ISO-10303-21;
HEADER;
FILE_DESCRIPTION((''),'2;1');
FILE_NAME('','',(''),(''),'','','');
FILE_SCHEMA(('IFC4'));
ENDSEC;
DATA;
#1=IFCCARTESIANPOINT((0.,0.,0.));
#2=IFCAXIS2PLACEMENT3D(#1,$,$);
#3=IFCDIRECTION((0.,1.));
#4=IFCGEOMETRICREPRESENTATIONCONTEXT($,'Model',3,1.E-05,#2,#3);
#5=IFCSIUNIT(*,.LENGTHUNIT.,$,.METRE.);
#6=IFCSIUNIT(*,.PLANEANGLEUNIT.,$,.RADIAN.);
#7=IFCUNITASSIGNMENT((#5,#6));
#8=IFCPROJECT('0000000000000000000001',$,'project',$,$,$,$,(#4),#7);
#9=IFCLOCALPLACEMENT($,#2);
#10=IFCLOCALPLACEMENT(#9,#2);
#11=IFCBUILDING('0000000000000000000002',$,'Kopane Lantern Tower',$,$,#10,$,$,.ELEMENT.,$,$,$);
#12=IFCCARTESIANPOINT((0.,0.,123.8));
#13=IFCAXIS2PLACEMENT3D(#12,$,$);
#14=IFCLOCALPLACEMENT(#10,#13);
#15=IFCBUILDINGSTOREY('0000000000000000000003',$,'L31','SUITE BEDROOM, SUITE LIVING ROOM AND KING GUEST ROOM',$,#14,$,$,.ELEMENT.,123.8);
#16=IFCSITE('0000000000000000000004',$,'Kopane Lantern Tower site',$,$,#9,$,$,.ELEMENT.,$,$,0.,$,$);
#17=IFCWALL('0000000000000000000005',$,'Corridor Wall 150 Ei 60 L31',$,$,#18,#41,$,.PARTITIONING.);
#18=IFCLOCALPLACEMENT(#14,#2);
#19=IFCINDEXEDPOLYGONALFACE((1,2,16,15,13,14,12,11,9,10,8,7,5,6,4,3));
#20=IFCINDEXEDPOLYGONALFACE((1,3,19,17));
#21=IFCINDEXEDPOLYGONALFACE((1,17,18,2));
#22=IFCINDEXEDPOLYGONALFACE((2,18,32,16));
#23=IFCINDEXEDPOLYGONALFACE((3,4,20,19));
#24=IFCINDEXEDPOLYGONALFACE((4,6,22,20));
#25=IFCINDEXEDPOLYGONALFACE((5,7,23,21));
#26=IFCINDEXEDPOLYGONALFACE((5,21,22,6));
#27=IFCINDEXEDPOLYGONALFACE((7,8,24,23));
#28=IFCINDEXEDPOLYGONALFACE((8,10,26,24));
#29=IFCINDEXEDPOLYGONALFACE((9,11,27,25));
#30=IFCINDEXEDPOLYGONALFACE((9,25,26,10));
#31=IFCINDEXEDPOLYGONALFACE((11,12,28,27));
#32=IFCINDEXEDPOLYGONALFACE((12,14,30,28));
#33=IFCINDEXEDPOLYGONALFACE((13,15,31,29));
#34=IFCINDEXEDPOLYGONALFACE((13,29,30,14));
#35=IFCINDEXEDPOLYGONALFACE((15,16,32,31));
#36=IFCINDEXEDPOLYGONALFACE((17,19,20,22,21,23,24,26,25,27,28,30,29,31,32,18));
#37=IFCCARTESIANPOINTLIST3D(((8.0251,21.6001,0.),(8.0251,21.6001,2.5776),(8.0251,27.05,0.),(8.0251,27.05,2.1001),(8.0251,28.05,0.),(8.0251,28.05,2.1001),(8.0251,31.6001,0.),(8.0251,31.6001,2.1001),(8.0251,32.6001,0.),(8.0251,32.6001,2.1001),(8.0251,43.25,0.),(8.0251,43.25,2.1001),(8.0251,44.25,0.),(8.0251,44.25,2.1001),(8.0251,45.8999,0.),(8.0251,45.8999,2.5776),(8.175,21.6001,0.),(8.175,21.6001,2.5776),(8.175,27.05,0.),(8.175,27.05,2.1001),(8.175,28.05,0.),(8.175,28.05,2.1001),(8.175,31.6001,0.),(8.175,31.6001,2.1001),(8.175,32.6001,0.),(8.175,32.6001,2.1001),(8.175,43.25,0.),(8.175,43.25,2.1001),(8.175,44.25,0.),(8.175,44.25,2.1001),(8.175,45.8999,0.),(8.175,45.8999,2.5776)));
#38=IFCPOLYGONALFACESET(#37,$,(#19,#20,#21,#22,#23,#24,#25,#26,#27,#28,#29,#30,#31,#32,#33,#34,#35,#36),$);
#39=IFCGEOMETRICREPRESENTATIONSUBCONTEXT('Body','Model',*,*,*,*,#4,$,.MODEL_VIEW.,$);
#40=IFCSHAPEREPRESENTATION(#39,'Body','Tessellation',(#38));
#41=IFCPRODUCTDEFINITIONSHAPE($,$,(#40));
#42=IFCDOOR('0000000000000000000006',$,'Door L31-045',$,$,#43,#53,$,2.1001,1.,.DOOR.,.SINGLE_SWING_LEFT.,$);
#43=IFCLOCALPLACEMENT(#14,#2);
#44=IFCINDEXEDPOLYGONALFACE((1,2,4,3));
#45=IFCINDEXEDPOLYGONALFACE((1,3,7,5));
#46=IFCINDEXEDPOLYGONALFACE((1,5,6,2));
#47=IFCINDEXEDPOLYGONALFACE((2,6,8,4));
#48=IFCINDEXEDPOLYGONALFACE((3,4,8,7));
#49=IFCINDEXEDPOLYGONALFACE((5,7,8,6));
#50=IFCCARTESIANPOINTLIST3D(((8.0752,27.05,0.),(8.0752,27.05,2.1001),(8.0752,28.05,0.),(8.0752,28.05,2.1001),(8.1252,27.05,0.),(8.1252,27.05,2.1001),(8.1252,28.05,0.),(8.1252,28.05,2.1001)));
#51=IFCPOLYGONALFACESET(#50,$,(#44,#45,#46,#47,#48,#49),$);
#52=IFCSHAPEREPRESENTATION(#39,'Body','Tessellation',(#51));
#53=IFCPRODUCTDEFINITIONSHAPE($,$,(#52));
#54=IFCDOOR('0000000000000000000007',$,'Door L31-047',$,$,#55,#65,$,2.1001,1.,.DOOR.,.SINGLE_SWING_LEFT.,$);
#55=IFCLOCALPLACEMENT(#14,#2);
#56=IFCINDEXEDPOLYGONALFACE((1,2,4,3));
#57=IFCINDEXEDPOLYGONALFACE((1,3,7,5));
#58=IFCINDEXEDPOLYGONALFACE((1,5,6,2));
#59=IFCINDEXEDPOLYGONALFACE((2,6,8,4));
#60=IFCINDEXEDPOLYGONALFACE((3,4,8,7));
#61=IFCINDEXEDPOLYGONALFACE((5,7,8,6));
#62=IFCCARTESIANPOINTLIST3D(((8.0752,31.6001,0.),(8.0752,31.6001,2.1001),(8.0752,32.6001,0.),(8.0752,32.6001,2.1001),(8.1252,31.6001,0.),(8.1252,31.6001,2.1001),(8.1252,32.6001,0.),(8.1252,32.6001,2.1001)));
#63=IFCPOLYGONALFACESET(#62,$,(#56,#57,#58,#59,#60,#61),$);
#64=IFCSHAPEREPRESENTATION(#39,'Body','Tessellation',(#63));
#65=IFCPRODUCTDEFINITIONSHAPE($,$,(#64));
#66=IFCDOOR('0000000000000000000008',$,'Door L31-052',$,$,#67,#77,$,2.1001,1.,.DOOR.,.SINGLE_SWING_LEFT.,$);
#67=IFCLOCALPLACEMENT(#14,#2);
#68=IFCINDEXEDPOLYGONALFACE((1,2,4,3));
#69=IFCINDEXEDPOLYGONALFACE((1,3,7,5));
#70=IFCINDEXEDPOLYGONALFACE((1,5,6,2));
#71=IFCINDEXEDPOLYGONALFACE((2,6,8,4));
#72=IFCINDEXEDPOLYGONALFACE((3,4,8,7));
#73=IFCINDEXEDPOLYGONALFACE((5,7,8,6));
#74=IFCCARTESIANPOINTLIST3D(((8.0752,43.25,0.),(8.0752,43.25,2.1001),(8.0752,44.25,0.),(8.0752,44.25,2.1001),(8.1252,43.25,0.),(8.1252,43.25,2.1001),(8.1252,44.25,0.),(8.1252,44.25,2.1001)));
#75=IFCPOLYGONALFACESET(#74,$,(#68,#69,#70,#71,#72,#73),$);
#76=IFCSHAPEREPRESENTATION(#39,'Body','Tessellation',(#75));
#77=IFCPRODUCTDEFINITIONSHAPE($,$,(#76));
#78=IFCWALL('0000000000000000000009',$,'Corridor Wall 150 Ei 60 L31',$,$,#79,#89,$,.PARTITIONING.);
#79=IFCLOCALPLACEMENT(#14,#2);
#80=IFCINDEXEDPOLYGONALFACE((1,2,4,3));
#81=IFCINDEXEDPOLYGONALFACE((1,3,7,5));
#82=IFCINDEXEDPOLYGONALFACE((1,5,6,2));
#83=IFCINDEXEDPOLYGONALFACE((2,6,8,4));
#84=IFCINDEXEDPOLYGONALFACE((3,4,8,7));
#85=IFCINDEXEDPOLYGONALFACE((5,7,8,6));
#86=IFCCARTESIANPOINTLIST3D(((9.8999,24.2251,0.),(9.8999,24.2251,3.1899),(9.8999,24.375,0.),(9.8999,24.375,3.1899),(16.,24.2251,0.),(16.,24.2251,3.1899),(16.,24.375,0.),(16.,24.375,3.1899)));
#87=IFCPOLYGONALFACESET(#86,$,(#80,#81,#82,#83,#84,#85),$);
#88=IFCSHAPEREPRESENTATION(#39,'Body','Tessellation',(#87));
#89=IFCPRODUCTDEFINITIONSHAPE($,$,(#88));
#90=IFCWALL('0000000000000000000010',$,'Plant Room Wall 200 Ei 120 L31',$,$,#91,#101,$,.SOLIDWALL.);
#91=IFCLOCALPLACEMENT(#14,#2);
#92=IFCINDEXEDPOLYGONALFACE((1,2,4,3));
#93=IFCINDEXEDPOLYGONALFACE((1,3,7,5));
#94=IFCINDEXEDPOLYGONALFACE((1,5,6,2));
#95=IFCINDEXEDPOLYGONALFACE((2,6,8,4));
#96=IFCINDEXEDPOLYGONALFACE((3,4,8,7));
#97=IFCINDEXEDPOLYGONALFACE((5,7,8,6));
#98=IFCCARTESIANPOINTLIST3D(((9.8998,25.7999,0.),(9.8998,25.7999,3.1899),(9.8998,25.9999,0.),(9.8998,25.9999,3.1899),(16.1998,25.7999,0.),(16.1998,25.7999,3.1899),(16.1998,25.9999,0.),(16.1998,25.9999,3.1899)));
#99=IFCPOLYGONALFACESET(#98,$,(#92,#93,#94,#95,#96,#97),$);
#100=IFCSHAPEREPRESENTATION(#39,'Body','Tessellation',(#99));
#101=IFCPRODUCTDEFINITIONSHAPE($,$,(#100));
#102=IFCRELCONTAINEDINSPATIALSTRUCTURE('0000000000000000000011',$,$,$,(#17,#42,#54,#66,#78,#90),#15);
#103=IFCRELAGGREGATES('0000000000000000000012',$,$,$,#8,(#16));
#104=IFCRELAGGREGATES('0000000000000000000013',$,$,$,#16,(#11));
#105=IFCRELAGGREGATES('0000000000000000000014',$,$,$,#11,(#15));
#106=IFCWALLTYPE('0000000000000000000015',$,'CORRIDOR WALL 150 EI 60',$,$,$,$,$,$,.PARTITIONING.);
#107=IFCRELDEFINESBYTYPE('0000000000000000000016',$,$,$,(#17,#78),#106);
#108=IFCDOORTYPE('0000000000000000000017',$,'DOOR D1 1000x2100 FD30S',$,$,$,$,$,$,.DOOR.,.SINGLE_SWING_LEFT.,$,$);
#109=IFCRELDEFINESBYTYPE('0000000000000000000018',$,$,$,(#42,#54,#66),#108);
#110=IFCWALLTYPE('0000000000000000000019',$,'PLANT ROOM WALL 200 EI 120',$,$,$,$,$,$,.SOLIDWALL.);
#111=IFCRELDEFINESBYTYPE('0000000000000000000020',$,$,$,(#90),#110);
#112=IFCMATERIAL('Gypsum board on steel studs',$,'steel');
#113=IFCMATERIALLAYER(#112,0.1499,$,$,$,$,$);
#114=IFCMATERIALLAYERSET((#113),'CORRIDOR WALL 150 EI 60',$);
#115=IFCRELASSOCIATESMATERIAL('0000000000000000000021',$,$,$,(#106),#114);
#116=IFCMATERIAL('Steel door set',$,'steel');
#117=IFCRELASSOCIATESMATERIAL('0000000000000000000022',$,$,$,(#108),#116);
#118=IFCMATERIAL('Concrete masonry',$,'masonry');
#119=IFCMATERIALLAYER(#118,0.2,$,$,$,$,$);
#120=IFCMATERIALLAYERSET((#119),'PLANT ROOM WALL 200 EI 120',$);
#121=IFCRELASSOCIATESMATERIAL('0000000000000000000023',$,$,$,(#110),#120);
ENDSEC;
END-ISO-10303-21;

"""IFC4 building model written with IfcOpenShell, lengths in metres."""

from ifc_helpers import new_model, si_unit, direction, frame, frame_2d, origin, place, context, subcontext, project, spatial, rectangle, extrude, material, layer, layer_set, type_object, element, fill, save


model = new_model("IFC4")

# Units and contexts
model_context = context("Model", 3, precision=1e-05, world=origin(), true_north=direction((0.0, 1.0)))
body_context = subcontext(model_context, "Body", "Model", "MODEL_VIEW")
ifc_project = project(units=[si_unit("LENGTHUNIT", "METRE"), si_unit("PLANEANGLEUNIT", "RADIAN")], contexts=[model_context])

# Site, building, storey
site_placement = place(None, origin())
site = spatial("IfcSite", under=ifc_project, at=site_placement, Name="Kopane Lantern Tower site", CompositionType="ELEMENT", RefElevation=0.0)
building_placement = place(site_placement, origin())
building = spatial("IfcBuilding", under=site, at=building_placement, Name="Kopane Lantern Tower", CompositionType="ELEMENT")
storey_placement = place(building_placement, frame((0.0, 0.0, 123.8)))
storey = spatial("IfcBuildingStorey", under=building, at=storey_placement, Name="L31", Description="SUITE BEDROOM, SUITE LIVING ROOM AND KING GUEST ROOM", CompositionType="ELEMENT", Elevation=123.8)

# Wall, openings, doors
ifc_material_1 = material(Name="Gypsum board on steel studs", Category="steel")
ifc_layer_1 = layer(ifc_material_1, 0.1499)
ifc_layer_set_1 = layer_set([ifc_layer_1], Name="CORRIDOR WALL 150 EI 60")
wall_type_1 = type_object("IfcWallType", Name="CORRIDOR WALL 150 EI 60", PredefinedType="PARTITIONING", material=ifc_layer_set_1)
ifc_material_2 = material(Name="Steel door set", Category="steel")
door_type_1 = type_object("IfcDoorType", Name="DOOR D1 1000x2100 FD30S", OperationType="SINGLE_SWING_LEFT", PredefinedType="DOOR", material=ifc_material_2)
wall_1_placement = place(storey_placement, frame((8.1001, 21.6001, 0.0), z_axis=(0.0, 0.0, 1.0), x_axis=(0.0, 1.0, 0.0)))
wall_1 = element("IfcWall", 1, at=wall_1_placement, inside=storey, type_object=wall_type_1, Name="Corridor Wall 150 Ei 60 L31", PredefinedType="PARTITIONING", context=body_context, shape_type="SweptSolid", body=[
    extrude(rectangle(XDim=24.2998, YDim=0.1499, at=frame_2d((12.1499, 0.0))), origin(), (0.0, 0.0, 1.0), 2.5776),
])
opening_1_placement = place(wall_1_placement, frame((5.45, 0.0, 0.0)))
opening_1 = element("IfcOpeningElement", 2, at=opening_1_placement, cuts=wall_1, PredefinedType="OPENING", context=body_context, shape_type="SweptSolid", body=[
    extrude(rectangle(XDim=1.0, YDim=2.1001, at=frame_2d((0.5, 1.05))), frame((0.0, 0.085, 0.0), z_axis=(0.0, -1.0, 0.0), x_axis=(1.0, 0.0, 0.0)), (0.0, 0.0, 1.0), 0.1699),
])
opening_2_placement = place(wall_1_placement, frame((10.0, 0.0, 0.0)))
opening_2 = element("IfcOpeningElement", 3, at=opening_2_placement, cuts=wall_1, PredefinedType="OPENING", context=body_context, shape_type="SweptSolid", body=[
    extrude(rectangle(XDim=1.0, YDim=2.1001, at=frame_2d((0.5, 1.05))), frame((0.0, 0.085, 0.0), z_axis=(0.0, -1.0, 0.0), x_axis=(1.0, 0.0, 0.0)), (0.0, 0.0, 1.0), 0.1699),
])
opening_3_placement = place(wall_1_placement, frame((21.6499, 0.0, 0.0)))
opening_3 = element("IfcOpeningElement", 4, at=opening_3_placement, cuts=wall_1, PredefinedType="OPENING", context=body_context, shape_type="SweptSolid", body=[
    extrude(rectangle(XDim=1.0, YDim=2.1001, at=frame_2d((0.5, 1.05))), frame((0.0, 0.085, 0.0), z_axis=(0.0, -1.0, 0.0), x_axis=(1.0, 0.0, 0.0)), (0.0, 0.0, 1.0), 0.1699),
])
door_1_placement = place(opening_1_placement, origin())
door_1 = element("IfcDoor", 5, at=door_1_placement, inside=storey, type_object=door_type_1, Name="Door L31-045", OperationType="SINGLE_SWING_LEFT", OverallHeight=2.1001, OverallWidth=1.0, PredefinedType="DOOR", context=body_context, shape_type="SweptSolid", body=[
    extrude(rectangle(XDim=1.0, YDim=2.1001, at=frame_2d((0.5, 1.05))), frame((0.0, 0.0249, 0.0), z_axis=(0.0, -1.0, 0.0), x_axis=(1.0, 0.0, 0.0)), (0.0, 0.0, 1.0), 0.05),
])
fill(opening_1, door_1)
door_2_placement = place(opening_2_placement, origin())
door_2 = element("IfcDoor", 6, at=door_2_placement, inside=storey, type_object=door_type_1, Name="Door L31-047", OperationType="SINGLE_SWING_LEFT", OverallHeight=2.1001, OverallWidth=1.0, PredefinedType="DOOR", context=body_context, shape_type="SweptSolid", body=[
    extrude(rectangle(XDim=1.0, YDim=2.1001, at=frame_2d((0.5, 1.05))), frame((0.0, 0.0249, 0.0), z_axis=(0.0, -1.0, 0.0), x_axis=(1.0, 0.0, 0.0)), (0.0, 0.0, 1.0), 0.05),
])
fill(opening_2, door_2)
door_3_placement = place(opening_3_placement, origin())
door_3 = element("IfcDoor", 7, at=door_3_placement, inside=storey, type_object=door_type_1, Name="Door L31-052", OperationType="SINGLE_SWING_LEFT", OverallHeight=2.1001, OverallWidth=1.0, PredefinedType="DOOR", context=body_context, shape_type="SweptSolid", body=[
    extrude(rectangle(XDim=1.0, YDim=2.1001, at=frame_2d((0.5, 1.05))), frame((0.0, 0.0249, 0.0), z_axis=(0.0, -1.0, 0.0), x_axis=(1.0, 0.0, 0.0)), (0.0, 0.0, 1.0), 0.05),
])
fill(opening_3, door_3)

# Walls
wall_2_placement = place(storey_placement, frame((9.8999, 24.3, 0.0), z_axis=(0.0, 0.0, 1.0), x_axis=(1.0, 0.0, 0.0)))
element("IfcWall", 8, at=wall_2_placement, inside=storey, type_object=wall_type_1, Name="Corridor Wall 150 Ei 60 L31", PredefinedType="PARTITIONING", context=body_context, shape_type="SweptSolid", body=[
    extrude(rectangle(XDim=6.1001, YDim=0.1499, at=frame_2d((3.05, 0.0))), origin(), (0.0, 0.0, 1.0), 3.1899),
])
ifc_material_3 = material(Name="Concrete masonry", Category="masonry")
ifc_layer_2 = layer(ifc_material_3, 0.2)
ifc_layer_set_2 = layer_set([ifc_layer_2], Name="PLANT ROOM WALL 200 EI 120")
wall_type_2 = type_object("IfcWallType", Name="PLANT ROOM WALL 200 EI 120", PredefinedType="SOLIDWALL", material=ifc_layer_set_2)
wall_3_placement = place(storey_placement, frame((9.8999, 25.8999, 0.0), z_axis=(0.0, 0.0, 1.0), x_axis=(1.0, 0.0, 0.0)))
element("IfcWall", 9, at=wall_3_placement, inside=storey, type_object=wall_type_2, Name="Plant Room Wall 200 Ei 120 L31", PredefinedType="SOLIDWALL", context=body_context, shape_type="SweptSolid", body=[
    extrude(rectangle(XDim=6.3, YDim=0.2, at=frame_2d((3.1499, 0.0))), origin(), (0.0, 0.0, 1.0), 3.1899),
])

save(model, "model.ifc")
